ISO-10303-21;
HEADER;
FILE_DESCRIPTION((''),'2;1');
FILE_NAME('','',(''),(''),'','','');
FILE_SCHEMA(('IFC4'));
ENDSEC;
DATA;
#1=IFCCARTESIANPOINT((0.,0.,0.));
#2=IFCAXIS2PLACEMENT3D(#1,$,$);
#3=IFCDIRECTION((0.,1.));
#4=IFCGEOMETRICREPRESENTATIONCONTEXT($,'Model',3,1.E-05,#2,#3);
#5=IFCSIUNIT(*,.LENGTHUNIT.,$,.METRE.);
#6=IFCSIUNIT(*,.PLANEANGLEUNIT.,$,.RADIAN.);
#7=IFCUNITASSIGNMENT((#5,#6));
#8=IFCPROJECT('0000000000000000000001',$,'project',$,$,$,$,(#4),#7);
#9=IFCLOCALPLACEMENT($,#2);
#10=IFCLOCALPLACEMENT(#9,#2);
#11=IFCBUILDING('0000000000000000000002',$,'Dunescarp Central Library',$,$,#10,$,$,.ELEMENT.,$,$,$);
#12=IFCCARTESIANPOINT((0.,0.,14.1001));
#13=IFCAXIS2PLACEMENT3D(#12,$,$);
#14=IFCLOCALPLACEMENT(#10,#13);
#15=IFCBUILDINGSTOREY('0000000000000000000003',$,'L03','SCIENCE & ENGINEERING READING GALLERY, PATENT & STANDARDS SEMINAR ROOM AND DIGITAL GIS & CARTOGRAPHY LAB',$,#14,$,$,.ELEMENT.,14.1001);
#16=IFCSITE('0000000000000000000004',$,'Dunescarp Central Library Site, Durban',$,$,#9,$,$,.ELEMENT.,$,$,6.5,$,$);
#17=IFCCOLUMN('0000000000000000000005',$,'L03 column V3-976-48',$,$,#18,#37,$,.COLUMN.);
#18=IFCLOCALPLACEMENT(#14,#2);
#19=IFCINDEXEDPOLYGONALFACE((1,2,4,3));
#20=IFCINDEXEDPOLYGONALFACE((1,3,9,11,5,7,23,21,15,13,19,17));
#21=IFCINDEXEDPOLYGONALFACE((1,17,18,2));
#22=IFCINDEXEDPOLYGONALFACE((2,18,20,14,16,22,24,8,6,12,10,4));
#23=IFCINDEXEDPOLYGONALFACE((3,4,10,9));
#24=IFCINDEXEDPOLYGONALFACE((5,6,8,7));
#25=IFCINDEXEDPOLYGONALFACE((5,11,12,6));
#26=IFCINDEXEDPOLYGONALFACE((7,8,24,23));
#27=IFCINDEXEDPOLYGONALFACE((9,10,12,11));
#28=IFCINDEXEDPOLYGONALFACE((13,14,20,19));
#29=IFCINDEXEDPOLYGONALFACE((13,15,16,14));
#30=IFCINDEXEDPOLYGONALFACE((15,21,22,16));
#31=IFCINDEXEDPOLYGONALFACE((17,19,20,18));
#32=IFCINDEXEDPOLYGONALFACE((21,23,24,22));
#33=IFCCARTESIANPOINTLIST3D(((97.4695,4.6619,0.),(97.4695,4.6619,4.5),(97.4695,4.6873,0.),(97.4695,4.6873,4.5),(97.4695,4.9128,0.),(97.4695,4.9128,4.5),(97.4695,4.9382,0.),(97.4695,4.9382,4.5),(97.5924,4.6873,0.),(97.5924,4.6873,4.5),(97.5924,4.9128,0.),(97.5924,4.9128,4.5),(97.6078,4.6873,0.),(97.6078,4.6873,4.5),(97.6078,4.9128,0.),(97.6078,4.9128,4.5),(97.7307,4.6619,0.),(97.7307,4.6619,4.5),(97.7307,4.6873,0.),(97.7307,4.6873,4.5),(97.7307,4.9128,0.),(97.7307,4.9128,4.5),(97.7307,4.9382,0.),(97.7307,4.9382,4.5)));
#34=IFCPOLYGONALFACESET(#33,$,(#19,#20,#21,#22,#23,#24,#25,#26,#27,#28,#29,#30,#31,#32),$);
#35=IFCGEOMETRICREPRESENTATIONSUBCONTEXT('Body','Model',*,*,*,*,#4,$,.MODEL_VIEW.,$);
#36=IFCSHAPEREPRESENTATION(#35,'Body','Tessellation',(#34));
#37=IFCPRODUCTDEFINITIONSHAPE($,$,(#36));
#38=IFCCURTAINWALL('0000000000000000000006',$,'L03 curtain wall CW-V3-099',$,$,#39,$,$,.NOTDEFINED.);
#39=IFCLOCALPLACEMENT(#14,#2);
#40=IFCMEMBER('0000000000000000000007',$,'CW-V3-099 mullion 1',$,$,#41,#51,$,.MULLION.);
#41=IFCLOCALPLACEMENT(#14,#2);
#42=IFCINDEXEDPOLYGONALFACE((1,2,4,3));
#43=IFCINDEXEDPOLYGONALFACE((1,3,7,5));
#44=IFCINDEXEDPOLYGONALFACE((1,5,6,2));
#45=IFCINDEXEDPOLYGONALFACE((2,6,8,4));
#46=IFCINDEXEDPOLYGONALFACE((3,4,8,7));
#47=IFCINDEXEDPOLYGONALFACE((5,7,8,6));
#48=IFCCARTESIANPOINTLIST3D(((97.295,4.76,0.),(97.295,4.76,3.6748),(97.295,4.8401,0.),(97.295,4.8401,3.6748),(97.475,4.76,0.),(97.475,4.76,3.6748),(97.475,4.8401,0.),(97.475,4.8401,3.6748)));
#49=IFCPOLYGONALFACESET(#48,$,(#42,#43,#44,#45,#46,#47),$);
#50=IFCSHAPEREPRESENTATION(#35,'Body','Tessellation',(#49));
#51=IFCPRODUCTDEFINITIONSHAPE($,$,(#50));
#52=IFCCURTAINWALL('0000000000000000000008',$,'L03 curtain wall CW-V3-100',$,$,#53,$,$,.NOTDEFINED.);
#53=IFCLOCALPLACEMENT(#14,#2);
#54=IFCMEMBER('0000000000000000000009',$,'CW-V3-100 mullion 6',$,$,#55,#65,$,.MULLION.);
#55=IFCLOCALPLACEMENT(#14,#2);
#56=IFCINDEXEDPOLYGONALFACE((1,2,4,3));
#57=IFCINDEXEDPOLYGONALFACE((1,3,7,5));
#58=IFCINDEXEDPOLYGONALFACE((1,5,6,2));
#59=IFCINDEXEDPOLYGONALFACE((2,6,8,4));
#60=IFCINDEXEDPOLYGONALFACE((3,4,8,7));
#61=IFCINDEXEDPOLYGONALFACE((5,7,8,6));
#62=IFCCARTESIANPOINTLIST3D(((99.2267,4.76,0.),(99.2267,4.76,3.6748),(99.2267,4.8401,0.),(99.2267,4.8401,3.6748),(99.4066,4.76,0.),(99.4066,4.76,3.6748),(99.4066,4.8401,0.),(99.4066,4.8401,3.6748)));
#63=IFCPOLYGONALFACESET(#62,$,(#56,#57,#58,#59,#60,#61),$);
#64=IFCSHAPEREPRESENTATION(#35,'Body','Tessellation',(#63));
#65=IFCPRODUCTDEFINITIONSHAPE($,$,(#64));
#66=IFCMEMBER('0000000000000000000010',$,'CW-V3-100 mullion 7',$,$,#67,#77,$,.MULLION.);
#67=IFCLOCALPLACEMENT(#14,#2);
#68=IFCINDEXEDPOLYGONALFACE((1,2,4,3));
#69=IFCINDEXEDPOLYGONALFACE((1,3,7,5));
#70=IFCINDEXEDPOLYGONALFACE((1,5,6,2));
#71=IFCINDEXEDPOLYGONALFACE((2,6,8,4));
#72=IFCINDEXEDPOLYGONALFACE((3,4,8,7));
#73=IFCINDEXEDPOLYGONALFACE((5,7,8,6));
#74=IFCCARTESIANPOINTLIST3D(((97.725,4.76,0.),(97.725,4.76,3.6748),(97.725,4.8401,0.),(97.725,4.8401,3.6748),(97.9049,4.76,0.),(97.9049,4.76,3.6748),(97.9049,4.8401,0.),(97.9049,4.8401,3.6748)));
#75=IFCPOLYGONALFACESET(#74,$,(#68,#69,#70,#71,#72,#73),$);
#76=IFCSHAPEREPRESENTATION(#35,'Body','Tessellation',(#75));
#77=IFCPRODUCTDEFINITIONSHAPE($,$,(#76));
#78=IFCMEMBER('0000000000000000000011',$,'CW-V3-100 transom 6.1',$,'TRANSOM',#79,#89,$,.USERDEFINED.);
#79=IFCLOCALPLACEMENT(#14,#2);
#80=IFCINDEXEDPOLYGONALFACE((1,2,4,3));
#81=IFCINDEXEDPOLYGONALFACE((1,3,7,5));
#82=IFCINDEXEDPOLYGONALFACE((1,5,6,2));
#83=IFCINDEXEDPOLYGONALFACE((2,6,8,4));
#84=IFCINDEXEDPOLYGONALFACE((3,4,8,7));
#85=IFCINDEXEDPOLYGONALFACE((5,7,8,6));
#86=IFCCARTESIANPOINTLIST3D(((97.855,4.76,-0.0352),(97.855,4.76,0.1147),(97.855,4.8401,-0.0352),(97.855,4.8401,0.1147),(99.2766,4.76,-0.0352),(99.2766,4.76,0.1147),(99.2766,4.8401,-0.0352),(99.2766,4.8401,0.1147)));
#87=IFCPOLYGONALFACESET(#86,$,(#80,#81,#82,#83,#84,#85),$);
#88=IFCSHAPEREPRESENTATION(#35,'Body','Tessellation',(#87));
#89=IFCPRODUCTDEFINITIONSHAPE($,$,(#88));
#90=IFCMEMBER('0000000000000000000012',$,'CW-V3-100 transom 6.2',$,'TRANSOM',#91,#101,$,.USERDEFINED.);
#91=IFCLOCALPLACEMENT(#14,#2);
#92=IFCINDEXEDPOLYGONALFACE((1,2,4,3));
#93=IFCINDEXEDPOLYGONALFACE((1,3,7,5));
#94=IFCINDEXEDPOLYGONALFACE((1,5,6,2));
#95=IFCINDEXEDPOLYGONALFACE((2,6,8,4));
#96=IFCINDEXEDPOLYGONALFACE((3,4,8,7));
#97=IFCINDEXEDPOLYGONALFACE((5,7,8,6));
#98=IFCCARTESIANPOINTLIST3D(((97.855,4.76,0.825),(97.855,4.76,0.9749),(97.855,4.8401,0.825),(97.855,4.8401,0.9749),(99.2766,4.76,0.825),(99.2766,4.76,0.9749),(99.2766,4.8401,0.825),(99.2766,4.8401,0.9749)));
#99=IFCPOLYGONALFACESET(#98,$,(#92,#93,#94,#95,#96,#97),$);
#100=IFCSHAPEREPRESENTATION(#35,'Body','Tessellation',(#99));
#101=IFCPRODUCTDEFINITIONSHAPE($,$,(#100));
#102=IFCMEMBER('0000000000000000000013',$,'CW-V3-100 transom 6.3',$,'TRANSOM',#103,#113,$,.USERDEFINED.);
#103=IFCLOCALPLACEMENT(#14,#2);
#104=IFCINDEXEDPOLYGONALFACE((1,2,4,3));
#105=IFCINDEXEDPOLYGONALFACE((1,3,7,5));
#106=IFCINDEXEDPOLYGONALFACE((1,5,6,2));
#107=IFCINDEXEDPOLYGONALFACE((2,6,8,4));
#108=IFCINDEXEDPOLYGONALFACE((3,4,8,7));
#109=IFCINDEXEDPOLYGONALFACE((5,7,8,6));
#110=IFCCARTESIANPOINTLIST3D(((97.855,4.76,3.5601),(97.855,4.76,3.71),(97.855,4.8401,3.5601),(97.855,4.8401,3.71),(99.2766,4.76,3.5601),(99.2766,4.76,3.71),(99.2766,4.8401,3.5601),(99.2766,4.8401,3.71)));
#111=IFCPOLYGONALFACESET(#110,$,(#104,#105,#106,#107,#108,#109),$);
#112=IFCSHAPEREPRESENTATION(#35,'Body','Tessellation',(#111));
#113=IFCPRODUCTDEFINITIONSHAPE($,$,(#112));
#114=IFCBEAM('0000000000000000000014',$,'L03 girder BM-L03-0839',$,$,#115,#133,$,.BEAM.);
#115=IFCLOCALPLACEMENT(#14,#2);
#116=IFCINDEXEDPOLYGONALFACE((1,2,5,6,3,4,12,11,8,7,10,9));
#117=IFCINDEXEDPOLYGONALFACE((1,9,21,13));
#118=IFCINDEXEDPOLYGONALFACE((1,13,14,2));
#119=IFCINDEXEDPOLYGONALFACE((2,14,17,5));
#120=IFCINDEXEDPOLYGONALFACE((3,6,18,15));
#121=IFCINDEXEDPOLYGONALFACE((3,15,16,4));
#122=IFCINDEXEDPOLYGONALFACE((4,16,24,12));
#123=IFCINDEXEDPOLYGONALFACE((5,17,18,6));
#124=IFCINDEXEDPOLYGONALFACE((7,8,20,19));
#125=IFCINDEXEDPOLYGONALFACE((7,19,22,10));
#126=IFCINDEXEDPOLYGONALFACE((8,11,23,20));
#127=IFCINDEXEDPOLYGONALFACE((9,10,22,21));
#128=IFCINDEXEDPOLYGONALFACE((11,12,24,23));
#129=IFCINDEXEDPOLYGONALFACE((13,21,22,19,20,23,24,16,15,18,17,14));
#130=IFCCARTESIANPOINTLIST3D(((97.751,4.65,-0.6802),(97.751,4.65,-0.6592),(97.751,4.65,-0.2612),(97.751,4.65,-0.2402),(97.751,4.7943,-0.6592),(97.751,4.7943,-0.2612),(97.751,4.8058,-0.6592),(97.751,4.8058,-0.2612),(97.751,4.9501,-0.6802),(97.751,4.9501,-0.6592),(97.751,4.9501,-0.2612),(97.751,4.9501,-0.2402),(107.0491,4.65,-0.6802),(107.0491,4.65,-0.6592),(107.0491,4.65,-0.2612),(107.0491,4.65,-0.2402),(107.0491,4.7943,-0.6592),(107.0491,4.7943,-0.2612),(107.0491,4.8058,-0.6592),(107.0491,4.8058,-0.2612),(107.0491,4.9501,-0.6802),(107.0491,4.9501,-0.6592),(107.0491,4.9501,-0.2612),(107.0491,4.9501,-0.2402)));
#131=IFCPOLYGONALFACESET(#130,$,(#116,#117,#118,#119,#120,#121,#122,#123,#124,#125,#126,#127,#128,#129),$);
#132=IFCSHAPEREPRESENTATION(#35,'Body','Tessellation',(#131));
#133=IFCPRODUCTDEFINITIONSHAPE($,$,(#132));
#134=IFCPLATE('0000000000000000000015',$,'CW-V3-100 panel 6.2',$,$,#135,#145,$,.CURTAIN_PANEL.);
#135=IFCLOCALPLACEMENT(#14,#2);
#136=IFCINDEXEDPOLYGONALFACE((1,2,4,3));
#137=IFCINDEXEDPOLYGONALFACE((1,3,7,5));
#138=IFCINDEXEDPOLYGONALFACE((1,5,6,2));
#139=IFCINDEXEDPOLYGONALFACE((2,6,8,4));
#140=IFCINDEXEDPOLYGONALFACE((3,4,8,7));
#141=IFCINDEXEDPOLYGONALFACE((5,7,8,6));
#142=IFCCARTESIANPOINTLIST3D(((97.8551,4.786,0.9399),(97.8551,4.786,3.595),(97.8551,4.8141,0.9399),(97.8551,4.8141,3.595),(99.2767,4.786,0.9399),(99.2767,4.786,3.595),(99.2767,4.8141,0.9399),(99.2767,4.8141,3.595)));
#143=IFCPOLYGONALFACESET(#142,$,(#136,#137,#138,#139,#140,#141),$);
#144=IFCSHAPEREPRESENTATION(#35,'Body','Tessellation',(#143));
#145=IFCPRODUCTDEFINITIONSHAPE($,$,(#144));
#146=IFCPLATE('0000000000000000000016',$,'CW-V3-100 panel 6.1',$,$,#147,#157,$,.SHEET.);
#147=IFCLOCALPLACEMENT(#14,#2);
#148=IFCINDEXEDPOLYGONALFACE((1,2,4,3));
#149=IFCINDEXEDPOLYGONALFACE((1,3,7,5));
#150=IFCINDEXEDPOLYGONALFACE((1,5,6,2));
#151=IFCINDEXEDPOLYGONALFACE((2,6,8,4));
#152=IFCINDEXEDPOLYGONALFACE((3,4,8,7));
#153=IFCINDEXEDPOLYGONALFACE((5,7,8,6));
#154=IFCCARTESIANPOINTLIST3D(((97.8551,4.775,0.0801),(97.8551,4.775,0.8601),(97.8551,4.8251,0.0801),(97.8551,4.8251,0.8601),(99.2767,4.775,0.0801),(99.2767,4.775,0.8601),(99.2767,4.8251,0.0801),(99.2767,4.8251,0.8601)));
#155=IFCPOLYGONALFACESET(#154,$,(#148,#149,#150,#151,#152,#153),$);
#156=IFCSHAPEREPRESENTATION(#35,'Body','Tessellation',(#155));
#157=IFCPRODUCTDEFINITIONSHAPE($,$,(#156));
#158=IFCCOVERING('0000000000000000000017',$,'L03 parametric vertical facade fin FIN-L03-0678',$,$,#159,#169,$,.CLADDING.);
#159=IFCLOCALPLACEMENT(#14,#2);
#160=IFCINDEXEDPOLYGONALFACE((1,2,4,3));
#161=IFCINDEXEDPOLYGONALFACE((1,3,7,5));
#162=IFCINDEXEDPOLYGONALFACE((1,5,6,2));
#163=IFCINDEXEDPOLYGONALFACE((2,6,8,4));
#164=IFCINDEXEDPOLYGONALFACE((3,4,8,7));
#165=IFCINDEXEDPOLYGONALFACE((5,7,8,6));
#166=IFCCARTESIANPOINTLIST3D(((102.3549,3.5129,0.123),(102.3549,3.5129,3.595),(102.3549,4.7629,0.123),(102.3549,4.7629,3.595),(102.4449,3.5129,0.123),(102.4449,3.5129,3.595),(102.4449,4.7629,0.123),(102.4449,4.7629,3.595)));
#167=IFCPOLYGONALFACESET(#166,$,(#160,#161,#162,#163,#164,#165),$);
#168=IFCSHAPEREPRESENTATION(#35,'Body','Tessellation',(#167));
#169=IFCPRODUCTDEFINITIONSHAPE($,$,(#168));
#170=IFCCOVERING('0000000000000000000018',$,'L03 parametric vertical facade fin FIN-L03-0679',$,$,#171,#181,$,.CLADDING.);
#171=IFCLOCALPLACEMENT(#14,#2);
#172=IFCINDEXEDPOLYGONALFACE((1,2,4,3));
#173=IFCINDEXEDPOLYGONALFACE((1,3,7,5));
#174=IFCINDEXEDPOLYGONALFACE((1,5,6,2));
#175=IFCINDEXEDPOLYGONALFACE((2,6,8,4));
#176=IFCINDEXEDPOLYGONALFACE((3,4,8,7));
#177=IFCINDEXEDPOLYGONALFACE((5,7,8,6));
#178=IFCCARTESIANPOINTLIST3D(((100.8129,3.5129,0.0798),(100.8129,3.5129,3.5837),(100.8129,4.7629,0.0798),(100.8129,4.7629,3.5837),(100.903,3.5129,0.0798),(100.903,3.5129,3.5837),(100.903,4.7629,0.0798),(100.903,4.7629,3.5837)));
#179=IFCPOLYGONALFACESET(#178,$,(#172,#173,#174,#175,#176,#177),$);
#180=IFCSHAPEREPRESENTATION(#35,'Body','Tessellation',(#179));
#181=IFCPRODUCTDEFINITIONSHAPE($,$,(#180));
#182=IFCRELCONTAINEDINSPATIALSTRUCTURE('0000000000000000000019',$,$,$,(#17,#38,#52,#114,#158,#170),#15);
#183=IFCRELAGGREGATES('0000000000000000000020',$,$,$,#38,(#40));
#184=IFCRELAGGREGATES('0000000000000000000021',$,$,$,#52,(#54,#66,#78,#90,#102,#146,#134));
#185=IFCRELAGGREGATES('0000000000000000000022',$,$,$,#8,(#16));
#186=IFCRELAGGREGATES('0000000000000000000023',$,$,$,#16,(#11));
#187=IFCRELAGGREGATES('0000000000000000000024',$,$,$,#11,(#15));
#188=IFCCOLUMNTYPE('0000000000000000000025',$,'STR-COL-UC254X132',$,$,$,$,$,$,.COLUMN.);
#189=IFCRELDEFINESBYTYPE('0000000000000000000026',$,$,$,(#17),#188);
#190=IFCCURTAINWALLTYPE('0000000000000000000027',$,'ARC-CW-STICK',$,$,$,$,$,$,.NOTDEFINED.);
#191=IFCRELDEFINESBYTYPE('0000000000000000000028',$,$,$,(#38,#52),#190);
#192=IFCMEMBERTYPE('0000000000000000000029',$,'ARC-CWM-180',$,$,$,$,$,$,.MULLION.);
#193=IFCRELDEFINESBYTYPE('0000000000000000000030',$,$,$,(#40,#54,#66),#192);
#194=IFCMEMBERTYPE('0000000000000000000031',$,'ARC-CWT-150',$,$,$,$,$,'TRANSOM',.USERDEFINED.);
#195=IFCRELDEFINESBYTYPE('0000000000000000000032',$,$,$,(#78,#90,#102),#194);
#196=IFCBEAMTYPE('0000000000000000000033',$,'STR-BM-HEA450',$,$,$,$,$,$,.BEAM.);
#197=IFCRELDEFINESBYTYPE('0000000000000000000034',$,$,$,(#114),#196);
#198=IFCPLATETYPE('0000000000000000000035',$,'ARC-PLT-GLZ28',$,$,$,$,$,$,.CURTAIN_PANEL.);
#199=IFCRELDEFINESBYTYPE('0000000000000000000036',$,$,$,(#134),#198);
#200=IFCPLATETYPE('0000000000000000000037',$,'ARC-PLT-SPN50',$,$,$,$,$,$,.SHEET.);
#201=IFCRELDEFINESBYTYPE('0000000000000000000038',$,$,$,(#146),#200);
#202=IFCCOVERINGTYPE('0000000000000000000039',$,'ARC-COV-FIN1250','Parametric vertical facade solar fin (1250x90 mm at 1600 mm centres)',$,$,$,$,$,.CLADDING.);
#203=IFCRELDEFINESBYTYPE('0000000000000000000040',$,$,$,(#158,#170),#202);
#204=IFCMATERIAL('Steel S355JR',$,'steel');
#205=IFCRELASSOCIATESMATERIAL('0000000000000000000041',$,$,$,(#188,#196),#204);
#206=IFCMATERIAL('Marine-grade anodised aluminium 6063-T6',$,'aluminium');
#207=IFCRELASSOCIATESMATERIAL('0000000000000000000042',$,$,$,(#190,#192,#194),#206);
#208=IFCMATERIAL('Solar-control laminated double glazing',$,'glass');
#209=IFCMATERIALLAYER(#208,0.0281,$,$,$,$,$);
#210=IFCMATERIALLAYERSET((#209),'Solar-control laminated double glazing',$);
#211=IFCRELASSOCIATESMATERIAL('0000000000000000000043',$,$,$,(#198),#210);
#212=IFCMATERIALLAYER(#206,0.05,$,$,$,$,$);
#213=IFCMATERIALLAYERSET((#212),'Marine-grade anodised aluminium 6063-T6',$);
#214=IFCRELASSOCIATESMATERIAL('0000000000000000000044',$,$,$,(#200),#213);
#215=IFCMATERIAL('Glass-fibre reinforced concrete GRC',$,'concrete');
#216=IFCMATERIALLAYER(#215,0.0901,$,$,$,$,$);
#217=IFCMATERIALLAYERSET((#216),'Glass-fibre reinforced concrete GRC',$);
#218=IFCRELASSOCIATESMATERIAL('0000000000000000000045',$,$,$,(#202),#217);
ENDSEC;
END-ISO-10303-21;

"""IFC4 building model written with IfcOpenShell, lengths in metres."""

from ifc_helpers import new_model, si_unit, direction, frame, origin, origin_2d, place, context, subcontext, project, spatial, rectangle, i_section, extrude, material, layer, layer_set, material_profile, profile_set, type_object, element, aggregate, save


model = new_model("IFC4")

# Units and contexts
model_context = context("Model", 3, precision=1e-05, world=origin(), true_north=direction((0.0, 1.0)))
body_context = subcontext(model_context, "Body", "Model", "MODEL_VIEW")
ifc_project = project(units=[si_unit("LENGTHUNIT", "METRE"), si_unit("PLANEANGLEUNIT", "RADIAN")], contexts=[model_context])

# Site, building, storey
site_placement = place(None, origin())
site = spatial("IfcSite", under=ifc_project, at=site_placement, Name="Dunescarp Central Library Site, Durban", CompositionType="ELEMENT", RefElevation=6.5)
building_placement = place(site_placement, origin())
building = spatial("IfcBuilding", under=site, at=building_placement, Name="Dunescarp Central Library", CompositionType="ELEMENT")
storey_placement = place(building_placement, frame((0.0, 0.0, 14.1001)))
storey = spatial("IfcBuildingStorey", under=building, at=storey_placement, Name="L03", Description="SCIENCE & ENGINEERING READING GALLERY, PATENT & STANDARDS SEMINAR ROOM AND DIGITAL GIS & CARTOGRAPHY LAB", CompositionType="ELEMENT", Elevation=14.1001)

# Column
ifc_material_1 = material(Name="Steel S355JR", Category="steel")
ifc_material_profile_1 = material_profile(ifc_material_1, i_section(OverallWidth=0.2612, OverallDepth=0.2764, WebThickness=0.0154, FlangeThickness=0.0254, at=origin_2d()), Name="UC 254x254x132")
ifc_profile_set_1 = profile_set([ifc_material_profile_1], Name="Steel S355JR")
column_type = type_object("IfcColumnType", Name="STR-COL-UC254X132", PredefinedType="COLUMN", material=ifc_profile_set_1)
column_placement = place(storey_placement, frame((97.6001, 4.8, 0.0), z_axis=(0.0, 0.0, 1.0), x_axis=(1.0, 0.0, 0.0)))
element("IfcColumn", 1, at=column_placement, inside=storey, type_object=column_type, Name="L03 column V3-976-48", PredefinedType="COLUMN", context=body_context, shape_type="SweptSolid", body=[
    extrude(i_section(OverallWidth=0.2612, OverallDepth=0.2764, WebThickness=0.0154, FlangeThickness=0.0254, at=origin_2d()), origin(), (0.0, 0.0, 1.0), 4.5),
])

# Curtain wall, member
ifc_material_2 = material(Name="Marine-grade anodised aluminium 6063-T6", Category="aluminium")
curtain_wall_type = type_object("IfcCurtainWallType", Name="ARC-CW-STICK", PredefinedType="NOTDEFINED", material=ifc_material_2)
curtain_wall_1_placement = place(storey_placement, origin())
curtain_wall_1 = element("IfcCurtainWall", 2, at=curtain_wall_1_placement, inside=storey, type_object=curtain_wall_type, Name="L03 curtain wall CW-V3-099", PredefinedType="NOTDEFINED")
ifc_material_profile_2 = material_profile(ifc_material_2, rectangle(XDim=0.0801, YDim=0.1799, at=origin_2d()), Name="AL 80x180")
ifc_profile_set_2 = profile_set([ifc_material_profile_2], Name="Marine-grade anodised aluminium 6063-T6")
member_type_1 = type_object("IfcMemberType", Name="ARC-CWM-180", PredefinedType="MULLION", material=ifc_profile_set_2)
member_1_placement = place(storey_placement, frame((97.385, 4.8, 0.0), z_axis=(0.0, 0.0, 1.0), x_axis=(0.0, -1.0, 0.0)))
member_1 = element("IfcMember", 3, at=member_1_placement, type_object=member_type_1, Name="CW-V3-099 mullion 1", PredefinedType="MULLION", context=body_context, shape_type="SweptSolid", body=[
    extrude(rectangle(XDim=0.0801, YDim=0.1799, at=origin_2d()), origin(), (0.0, 0.0, 1.0), 3.6748),
])
aggregate(curtain_wall_1, [member_1])

# Curtain wall, members
curtain_wall_2_placement = place(storey_placement, origin())
curtain_wall_2 = element("IfcCurtainWall", 4, at=curtain_wall_2_placement, inside=storey, type_object=curtain_wall_type, Name="L03 curtain wall CW-V3-100", PredefinedType="NOTDEFINED")
member_2_placement = place(storey_placement, frame((99.3167, 4.8, 0.0), z_axis=(0.0, 0.0, 1.0), x_axis=(0.0, -1.0, 0.0)))
member_2 = element("IfcMember", 5, at=member_2_placement, type_object=member_type_1, Name="CW-V3-100 mullion 6", PredefinedType="MULLION", context=body_context, shape_type="SweptSolid", body=[
    extrude(rectangle(XDim=0.0801, YDim=0.1799, at=origin_2d()), origin(), (0.0, 0.0, 1.0), 3.6748),
])
member_3_placement = place(storey_placement, frame((97.8149, 4.8, 0.0), z_axis=(0.0, 0.0, 1.0), x_axis=(0.0, -1.0, 0.0)))
member_3 = element("IfcMember", 6, at=member_3_placement, type_object=member_type_1, Name="CW-V3-100 mullion 7", PredefinedType="MULLION", context=body_context, shape_type="SweptSolid", body=[
    extrude(rectangle(XDim=0.0801, YDim=0.1799, at=origin_2d()), origin(), (0.0, 0.0, 1.0), 3.6748),
])
ifc_material_profile_3 = material_profile(ifc_material_2, rectangle(XDim=0.0801, YDim=0.1499, at=origin_2d()), Name="AL 80x150")
ifc_profile_set_3 = profile_set([ifc_material_profile_3], Name="Marine-grade anodised aluminium 6063-T6")
member_type_2 = type_object("IfcMemberType", Name="ARC-CWT-150", ElementType="TRANSOM", PredefinedType="USERDEFINED", material=ifc_profile_set_3)
member_4_placement = place(storey_placement, frame((99.2766, 4.8, 0.0398), z_axis=(-1.0, 0.0, 0.0), x_axis=(0.0, -1.0, 0.0)))
member_4 = element("IfcMember", 7, at=member_4_placement, type_object=member_type_2, Name="CW-V3-100 transom 6.1", ObjectType="TRANSOM", PredefinedType="USERDEFINED", context=body_context, shape_type="SweptSolid", body=[
    extrude(rectangle(XDim=0.0801, YDim=0.1499, at=origin_2d()), origin(), (0.0, 0.0, 1.0), 1.4216),
])
member_5_placement = place(storey_placement, frame((99.2766, 4.8, 0.8999), z_axis=(-1.0, 0.0, 0.0), x_axis=(0.0, -1.0, 0.0)))
member_5 = element("IfcMember", 8, at=member_5_placement, type_object=member_type_2, Name="CW-V3-100 transom 6.2", ObjectType="TRANSOM", PredefinedType="USERDEFINED", context=body_context, shape_type="SweptSolid", body=[
    extrude(rectangle(XDim=0.0801, YDim=0.1499, at=origin_2d()), origin(), (0.0, 0.0, 1.0), 1.4216),
])
member_6_placement = place(storey_placement, frame((99.2766, 4.8, 3.635), z_axis=(-1.0, 0.0, 0.0), x_axis=(0.0, -1.0, 0.0)))
member_6 = element("IfcMember", 9, at=member_6_placement, type_object=member_type_2, Name="CW-V3-100 transom 6.3", ObjectType="TRANSOM", PredefinedType="USERDEFINED", context=body_context, shape_type="SweptSolid", body=[
    extrude(rectangle(XDim=0.0801, YDim=0.1499, at=origin_2d()), origin(), (0.0, 0.0, 1.0), 1.4216),
])

# Beam
ifc_material_profile_4 = material_profile(ifc_material_1, i_section(OverallWidth=0.3, OverallDepth=0.4399, WebThickness=0.0115, FlangeThickness=0.021, at=origin_2d()), Name="HEA 450")
ifc_profile_set_4 = profile_set([ifc_material_profile_4], Name="Steel S355JR")
beam_type = type_object("IfcBeamType", Name="STR-BM-HEA450", PredefinedType="BEAM", material=ifc_profile_set_4)
beam_placement = place(storey_placement, frame((97.751, 4.8, -0.4602), z_axis=(1.0, 0.0, 0.0), x_axis=(0.0, 1.0, 0.0)))
element("IfcBeam", 10, at=beam_placement, inside=storey, type_object=beam_type, Name="L03 girder BM-L03-0839", PredefinedType="BEAM", context=body_context, shape_type="SweptSolid", body=[
    extrude(i_section(OverallWidth=0.3, OverallDepth=0.4399, WebThickness=0.0115, FlangeThickness=0.021, at=origin_2d()), origin(), (0.0, 0.0, 1.0), 9.2981),
])

# Plates
ifc_material_3 = material(Name="Solar-control laminated double glazing", Category="glass")
ifc_layer_1 = layer(ifc_material_3, 0.0281)
ifc_layer_set_1 = layer_set([ifc_layer_1], Name="Solar-control laminated double glazing")
plate_type_1 = type_object("IfcPlateType", Name="ARC-PLT-GLZ28", PredefinedType="CURTAIN_PANEL", material=ifc_layer_set_1)
plate_1_placement = place(storey_placement, frame((98.5659, 4.8, 0.9399), z_axis=(0.0, 0.0, 1.0), x_axis=(-1.0, 0.0, 0.0)))
plate_1 = element("IfcPlate", 11, at=plate_1_placement, type_object=plate_type_1, Name="CW-V3-100 panel 6.2", PredefinedType="CURTAIN_PANEL", context=body_context, shape_type="SweptSolid", body=[
    extrude(rectangle(XDim=1.4216, YDim=0.0281, at=origin_2d()), origin(), (0.0, 0.0, 1.0), 2.655),
])
ifc_layer_2 = layer(ifc_material_2, 0.05)
ifc_layer_set_2 = layer_set([ifc_layer_2], Name="Marine-grade anodised aluminium 6063-T6")
plate_type_2 = type_object("IfcPlateType", Name="ARC-PLT-SPN50", PredefinedType="SHEET", material=ifc_layer_set_2)
plate_2_placement = place(storey_placement, frame((98.5659, 4.8, 0.0801), z_axis=(0.0, 0.0, 1.0), x_axis=(-1.0, 0.0, 0.0)))
plate_2 = element("IfcPlate", 12, at=plate_2_placement, type_object=plate_type_2, Name="CW-V3-100 panel 6.1", PredefinedType="SHEET", context=body_context, shape_type="SweptSolid", body=[
    extrude(rectangle(XDim=1.4216, YDim=0.05, at=origin_2d()), origin(), (0.0, 0.0, 1.0), 0.78),
])
aggregate(curtain_wall_2, [member_2, member_3, member_4, member_5, member_6, plate_2, plate_1])

# Coverings
ifc_material_4 = material(Name="Glass-fibre reinforced concrete GRC", Category="concrete")
ifc_layer_3 = layer(ifc_material_4, 0.0901)
ifc_layer_set_3 = layer_set([ifc_layer_3], Name="Glass-fibre reinforced concrete GRC")
covering_type = type_object("IfcCoveringType", Name="ARC-COV-FIN1250", Description="Parametric vertical facade solar fin (1250x90 mm at 1600 mm centres)", PredefinedType="CLADDING", material=ifc_layer_set_3)
covering_1_placement = place(storey_placement, frame((102.3999, 4.1379, 0.123), z_axis=(0.0, 0.0, 1.0), x_axis=(0.0, -1.0, 0.0)))
element("IfcCovering", 13, at=covering_1_placement, inside=storey, type_object=covering_type, Name="L03 parametric vertical facade fin FIN-L03-0678", PredefinedType="CLADDING", context=body_context, shape_type="SweptSolid", body=[
    extrude(rectangle(XDim=1.25, YDim=0.0901, at=origin_2d()), origin(), (0.0, 0.0, 1.0), 3.4719),
])
covering_2_placement = place(storey_placement, frame((100.8579, 4.1379, 0.0798), z_axis=(0.0, 0.0, 1.0), x_axis=(0.0, -1.0, 0.0)))
element("IfcCovering", 14, at=covering_2_placement, inside=storey, type_object=covering_type, Name="L03 parametric vertical facade fin FIN-L03-0679", PredefinedType="CLADDING", context=body_context, shape_type="SweptSolid", body=[
    extrude(rectangle(XDim=1.25, YDim=0.0901, at=origin_2d()), origin(), (0.0, 0.0, 1.0), 3.5039),
])

save(model, "model.ifc")
